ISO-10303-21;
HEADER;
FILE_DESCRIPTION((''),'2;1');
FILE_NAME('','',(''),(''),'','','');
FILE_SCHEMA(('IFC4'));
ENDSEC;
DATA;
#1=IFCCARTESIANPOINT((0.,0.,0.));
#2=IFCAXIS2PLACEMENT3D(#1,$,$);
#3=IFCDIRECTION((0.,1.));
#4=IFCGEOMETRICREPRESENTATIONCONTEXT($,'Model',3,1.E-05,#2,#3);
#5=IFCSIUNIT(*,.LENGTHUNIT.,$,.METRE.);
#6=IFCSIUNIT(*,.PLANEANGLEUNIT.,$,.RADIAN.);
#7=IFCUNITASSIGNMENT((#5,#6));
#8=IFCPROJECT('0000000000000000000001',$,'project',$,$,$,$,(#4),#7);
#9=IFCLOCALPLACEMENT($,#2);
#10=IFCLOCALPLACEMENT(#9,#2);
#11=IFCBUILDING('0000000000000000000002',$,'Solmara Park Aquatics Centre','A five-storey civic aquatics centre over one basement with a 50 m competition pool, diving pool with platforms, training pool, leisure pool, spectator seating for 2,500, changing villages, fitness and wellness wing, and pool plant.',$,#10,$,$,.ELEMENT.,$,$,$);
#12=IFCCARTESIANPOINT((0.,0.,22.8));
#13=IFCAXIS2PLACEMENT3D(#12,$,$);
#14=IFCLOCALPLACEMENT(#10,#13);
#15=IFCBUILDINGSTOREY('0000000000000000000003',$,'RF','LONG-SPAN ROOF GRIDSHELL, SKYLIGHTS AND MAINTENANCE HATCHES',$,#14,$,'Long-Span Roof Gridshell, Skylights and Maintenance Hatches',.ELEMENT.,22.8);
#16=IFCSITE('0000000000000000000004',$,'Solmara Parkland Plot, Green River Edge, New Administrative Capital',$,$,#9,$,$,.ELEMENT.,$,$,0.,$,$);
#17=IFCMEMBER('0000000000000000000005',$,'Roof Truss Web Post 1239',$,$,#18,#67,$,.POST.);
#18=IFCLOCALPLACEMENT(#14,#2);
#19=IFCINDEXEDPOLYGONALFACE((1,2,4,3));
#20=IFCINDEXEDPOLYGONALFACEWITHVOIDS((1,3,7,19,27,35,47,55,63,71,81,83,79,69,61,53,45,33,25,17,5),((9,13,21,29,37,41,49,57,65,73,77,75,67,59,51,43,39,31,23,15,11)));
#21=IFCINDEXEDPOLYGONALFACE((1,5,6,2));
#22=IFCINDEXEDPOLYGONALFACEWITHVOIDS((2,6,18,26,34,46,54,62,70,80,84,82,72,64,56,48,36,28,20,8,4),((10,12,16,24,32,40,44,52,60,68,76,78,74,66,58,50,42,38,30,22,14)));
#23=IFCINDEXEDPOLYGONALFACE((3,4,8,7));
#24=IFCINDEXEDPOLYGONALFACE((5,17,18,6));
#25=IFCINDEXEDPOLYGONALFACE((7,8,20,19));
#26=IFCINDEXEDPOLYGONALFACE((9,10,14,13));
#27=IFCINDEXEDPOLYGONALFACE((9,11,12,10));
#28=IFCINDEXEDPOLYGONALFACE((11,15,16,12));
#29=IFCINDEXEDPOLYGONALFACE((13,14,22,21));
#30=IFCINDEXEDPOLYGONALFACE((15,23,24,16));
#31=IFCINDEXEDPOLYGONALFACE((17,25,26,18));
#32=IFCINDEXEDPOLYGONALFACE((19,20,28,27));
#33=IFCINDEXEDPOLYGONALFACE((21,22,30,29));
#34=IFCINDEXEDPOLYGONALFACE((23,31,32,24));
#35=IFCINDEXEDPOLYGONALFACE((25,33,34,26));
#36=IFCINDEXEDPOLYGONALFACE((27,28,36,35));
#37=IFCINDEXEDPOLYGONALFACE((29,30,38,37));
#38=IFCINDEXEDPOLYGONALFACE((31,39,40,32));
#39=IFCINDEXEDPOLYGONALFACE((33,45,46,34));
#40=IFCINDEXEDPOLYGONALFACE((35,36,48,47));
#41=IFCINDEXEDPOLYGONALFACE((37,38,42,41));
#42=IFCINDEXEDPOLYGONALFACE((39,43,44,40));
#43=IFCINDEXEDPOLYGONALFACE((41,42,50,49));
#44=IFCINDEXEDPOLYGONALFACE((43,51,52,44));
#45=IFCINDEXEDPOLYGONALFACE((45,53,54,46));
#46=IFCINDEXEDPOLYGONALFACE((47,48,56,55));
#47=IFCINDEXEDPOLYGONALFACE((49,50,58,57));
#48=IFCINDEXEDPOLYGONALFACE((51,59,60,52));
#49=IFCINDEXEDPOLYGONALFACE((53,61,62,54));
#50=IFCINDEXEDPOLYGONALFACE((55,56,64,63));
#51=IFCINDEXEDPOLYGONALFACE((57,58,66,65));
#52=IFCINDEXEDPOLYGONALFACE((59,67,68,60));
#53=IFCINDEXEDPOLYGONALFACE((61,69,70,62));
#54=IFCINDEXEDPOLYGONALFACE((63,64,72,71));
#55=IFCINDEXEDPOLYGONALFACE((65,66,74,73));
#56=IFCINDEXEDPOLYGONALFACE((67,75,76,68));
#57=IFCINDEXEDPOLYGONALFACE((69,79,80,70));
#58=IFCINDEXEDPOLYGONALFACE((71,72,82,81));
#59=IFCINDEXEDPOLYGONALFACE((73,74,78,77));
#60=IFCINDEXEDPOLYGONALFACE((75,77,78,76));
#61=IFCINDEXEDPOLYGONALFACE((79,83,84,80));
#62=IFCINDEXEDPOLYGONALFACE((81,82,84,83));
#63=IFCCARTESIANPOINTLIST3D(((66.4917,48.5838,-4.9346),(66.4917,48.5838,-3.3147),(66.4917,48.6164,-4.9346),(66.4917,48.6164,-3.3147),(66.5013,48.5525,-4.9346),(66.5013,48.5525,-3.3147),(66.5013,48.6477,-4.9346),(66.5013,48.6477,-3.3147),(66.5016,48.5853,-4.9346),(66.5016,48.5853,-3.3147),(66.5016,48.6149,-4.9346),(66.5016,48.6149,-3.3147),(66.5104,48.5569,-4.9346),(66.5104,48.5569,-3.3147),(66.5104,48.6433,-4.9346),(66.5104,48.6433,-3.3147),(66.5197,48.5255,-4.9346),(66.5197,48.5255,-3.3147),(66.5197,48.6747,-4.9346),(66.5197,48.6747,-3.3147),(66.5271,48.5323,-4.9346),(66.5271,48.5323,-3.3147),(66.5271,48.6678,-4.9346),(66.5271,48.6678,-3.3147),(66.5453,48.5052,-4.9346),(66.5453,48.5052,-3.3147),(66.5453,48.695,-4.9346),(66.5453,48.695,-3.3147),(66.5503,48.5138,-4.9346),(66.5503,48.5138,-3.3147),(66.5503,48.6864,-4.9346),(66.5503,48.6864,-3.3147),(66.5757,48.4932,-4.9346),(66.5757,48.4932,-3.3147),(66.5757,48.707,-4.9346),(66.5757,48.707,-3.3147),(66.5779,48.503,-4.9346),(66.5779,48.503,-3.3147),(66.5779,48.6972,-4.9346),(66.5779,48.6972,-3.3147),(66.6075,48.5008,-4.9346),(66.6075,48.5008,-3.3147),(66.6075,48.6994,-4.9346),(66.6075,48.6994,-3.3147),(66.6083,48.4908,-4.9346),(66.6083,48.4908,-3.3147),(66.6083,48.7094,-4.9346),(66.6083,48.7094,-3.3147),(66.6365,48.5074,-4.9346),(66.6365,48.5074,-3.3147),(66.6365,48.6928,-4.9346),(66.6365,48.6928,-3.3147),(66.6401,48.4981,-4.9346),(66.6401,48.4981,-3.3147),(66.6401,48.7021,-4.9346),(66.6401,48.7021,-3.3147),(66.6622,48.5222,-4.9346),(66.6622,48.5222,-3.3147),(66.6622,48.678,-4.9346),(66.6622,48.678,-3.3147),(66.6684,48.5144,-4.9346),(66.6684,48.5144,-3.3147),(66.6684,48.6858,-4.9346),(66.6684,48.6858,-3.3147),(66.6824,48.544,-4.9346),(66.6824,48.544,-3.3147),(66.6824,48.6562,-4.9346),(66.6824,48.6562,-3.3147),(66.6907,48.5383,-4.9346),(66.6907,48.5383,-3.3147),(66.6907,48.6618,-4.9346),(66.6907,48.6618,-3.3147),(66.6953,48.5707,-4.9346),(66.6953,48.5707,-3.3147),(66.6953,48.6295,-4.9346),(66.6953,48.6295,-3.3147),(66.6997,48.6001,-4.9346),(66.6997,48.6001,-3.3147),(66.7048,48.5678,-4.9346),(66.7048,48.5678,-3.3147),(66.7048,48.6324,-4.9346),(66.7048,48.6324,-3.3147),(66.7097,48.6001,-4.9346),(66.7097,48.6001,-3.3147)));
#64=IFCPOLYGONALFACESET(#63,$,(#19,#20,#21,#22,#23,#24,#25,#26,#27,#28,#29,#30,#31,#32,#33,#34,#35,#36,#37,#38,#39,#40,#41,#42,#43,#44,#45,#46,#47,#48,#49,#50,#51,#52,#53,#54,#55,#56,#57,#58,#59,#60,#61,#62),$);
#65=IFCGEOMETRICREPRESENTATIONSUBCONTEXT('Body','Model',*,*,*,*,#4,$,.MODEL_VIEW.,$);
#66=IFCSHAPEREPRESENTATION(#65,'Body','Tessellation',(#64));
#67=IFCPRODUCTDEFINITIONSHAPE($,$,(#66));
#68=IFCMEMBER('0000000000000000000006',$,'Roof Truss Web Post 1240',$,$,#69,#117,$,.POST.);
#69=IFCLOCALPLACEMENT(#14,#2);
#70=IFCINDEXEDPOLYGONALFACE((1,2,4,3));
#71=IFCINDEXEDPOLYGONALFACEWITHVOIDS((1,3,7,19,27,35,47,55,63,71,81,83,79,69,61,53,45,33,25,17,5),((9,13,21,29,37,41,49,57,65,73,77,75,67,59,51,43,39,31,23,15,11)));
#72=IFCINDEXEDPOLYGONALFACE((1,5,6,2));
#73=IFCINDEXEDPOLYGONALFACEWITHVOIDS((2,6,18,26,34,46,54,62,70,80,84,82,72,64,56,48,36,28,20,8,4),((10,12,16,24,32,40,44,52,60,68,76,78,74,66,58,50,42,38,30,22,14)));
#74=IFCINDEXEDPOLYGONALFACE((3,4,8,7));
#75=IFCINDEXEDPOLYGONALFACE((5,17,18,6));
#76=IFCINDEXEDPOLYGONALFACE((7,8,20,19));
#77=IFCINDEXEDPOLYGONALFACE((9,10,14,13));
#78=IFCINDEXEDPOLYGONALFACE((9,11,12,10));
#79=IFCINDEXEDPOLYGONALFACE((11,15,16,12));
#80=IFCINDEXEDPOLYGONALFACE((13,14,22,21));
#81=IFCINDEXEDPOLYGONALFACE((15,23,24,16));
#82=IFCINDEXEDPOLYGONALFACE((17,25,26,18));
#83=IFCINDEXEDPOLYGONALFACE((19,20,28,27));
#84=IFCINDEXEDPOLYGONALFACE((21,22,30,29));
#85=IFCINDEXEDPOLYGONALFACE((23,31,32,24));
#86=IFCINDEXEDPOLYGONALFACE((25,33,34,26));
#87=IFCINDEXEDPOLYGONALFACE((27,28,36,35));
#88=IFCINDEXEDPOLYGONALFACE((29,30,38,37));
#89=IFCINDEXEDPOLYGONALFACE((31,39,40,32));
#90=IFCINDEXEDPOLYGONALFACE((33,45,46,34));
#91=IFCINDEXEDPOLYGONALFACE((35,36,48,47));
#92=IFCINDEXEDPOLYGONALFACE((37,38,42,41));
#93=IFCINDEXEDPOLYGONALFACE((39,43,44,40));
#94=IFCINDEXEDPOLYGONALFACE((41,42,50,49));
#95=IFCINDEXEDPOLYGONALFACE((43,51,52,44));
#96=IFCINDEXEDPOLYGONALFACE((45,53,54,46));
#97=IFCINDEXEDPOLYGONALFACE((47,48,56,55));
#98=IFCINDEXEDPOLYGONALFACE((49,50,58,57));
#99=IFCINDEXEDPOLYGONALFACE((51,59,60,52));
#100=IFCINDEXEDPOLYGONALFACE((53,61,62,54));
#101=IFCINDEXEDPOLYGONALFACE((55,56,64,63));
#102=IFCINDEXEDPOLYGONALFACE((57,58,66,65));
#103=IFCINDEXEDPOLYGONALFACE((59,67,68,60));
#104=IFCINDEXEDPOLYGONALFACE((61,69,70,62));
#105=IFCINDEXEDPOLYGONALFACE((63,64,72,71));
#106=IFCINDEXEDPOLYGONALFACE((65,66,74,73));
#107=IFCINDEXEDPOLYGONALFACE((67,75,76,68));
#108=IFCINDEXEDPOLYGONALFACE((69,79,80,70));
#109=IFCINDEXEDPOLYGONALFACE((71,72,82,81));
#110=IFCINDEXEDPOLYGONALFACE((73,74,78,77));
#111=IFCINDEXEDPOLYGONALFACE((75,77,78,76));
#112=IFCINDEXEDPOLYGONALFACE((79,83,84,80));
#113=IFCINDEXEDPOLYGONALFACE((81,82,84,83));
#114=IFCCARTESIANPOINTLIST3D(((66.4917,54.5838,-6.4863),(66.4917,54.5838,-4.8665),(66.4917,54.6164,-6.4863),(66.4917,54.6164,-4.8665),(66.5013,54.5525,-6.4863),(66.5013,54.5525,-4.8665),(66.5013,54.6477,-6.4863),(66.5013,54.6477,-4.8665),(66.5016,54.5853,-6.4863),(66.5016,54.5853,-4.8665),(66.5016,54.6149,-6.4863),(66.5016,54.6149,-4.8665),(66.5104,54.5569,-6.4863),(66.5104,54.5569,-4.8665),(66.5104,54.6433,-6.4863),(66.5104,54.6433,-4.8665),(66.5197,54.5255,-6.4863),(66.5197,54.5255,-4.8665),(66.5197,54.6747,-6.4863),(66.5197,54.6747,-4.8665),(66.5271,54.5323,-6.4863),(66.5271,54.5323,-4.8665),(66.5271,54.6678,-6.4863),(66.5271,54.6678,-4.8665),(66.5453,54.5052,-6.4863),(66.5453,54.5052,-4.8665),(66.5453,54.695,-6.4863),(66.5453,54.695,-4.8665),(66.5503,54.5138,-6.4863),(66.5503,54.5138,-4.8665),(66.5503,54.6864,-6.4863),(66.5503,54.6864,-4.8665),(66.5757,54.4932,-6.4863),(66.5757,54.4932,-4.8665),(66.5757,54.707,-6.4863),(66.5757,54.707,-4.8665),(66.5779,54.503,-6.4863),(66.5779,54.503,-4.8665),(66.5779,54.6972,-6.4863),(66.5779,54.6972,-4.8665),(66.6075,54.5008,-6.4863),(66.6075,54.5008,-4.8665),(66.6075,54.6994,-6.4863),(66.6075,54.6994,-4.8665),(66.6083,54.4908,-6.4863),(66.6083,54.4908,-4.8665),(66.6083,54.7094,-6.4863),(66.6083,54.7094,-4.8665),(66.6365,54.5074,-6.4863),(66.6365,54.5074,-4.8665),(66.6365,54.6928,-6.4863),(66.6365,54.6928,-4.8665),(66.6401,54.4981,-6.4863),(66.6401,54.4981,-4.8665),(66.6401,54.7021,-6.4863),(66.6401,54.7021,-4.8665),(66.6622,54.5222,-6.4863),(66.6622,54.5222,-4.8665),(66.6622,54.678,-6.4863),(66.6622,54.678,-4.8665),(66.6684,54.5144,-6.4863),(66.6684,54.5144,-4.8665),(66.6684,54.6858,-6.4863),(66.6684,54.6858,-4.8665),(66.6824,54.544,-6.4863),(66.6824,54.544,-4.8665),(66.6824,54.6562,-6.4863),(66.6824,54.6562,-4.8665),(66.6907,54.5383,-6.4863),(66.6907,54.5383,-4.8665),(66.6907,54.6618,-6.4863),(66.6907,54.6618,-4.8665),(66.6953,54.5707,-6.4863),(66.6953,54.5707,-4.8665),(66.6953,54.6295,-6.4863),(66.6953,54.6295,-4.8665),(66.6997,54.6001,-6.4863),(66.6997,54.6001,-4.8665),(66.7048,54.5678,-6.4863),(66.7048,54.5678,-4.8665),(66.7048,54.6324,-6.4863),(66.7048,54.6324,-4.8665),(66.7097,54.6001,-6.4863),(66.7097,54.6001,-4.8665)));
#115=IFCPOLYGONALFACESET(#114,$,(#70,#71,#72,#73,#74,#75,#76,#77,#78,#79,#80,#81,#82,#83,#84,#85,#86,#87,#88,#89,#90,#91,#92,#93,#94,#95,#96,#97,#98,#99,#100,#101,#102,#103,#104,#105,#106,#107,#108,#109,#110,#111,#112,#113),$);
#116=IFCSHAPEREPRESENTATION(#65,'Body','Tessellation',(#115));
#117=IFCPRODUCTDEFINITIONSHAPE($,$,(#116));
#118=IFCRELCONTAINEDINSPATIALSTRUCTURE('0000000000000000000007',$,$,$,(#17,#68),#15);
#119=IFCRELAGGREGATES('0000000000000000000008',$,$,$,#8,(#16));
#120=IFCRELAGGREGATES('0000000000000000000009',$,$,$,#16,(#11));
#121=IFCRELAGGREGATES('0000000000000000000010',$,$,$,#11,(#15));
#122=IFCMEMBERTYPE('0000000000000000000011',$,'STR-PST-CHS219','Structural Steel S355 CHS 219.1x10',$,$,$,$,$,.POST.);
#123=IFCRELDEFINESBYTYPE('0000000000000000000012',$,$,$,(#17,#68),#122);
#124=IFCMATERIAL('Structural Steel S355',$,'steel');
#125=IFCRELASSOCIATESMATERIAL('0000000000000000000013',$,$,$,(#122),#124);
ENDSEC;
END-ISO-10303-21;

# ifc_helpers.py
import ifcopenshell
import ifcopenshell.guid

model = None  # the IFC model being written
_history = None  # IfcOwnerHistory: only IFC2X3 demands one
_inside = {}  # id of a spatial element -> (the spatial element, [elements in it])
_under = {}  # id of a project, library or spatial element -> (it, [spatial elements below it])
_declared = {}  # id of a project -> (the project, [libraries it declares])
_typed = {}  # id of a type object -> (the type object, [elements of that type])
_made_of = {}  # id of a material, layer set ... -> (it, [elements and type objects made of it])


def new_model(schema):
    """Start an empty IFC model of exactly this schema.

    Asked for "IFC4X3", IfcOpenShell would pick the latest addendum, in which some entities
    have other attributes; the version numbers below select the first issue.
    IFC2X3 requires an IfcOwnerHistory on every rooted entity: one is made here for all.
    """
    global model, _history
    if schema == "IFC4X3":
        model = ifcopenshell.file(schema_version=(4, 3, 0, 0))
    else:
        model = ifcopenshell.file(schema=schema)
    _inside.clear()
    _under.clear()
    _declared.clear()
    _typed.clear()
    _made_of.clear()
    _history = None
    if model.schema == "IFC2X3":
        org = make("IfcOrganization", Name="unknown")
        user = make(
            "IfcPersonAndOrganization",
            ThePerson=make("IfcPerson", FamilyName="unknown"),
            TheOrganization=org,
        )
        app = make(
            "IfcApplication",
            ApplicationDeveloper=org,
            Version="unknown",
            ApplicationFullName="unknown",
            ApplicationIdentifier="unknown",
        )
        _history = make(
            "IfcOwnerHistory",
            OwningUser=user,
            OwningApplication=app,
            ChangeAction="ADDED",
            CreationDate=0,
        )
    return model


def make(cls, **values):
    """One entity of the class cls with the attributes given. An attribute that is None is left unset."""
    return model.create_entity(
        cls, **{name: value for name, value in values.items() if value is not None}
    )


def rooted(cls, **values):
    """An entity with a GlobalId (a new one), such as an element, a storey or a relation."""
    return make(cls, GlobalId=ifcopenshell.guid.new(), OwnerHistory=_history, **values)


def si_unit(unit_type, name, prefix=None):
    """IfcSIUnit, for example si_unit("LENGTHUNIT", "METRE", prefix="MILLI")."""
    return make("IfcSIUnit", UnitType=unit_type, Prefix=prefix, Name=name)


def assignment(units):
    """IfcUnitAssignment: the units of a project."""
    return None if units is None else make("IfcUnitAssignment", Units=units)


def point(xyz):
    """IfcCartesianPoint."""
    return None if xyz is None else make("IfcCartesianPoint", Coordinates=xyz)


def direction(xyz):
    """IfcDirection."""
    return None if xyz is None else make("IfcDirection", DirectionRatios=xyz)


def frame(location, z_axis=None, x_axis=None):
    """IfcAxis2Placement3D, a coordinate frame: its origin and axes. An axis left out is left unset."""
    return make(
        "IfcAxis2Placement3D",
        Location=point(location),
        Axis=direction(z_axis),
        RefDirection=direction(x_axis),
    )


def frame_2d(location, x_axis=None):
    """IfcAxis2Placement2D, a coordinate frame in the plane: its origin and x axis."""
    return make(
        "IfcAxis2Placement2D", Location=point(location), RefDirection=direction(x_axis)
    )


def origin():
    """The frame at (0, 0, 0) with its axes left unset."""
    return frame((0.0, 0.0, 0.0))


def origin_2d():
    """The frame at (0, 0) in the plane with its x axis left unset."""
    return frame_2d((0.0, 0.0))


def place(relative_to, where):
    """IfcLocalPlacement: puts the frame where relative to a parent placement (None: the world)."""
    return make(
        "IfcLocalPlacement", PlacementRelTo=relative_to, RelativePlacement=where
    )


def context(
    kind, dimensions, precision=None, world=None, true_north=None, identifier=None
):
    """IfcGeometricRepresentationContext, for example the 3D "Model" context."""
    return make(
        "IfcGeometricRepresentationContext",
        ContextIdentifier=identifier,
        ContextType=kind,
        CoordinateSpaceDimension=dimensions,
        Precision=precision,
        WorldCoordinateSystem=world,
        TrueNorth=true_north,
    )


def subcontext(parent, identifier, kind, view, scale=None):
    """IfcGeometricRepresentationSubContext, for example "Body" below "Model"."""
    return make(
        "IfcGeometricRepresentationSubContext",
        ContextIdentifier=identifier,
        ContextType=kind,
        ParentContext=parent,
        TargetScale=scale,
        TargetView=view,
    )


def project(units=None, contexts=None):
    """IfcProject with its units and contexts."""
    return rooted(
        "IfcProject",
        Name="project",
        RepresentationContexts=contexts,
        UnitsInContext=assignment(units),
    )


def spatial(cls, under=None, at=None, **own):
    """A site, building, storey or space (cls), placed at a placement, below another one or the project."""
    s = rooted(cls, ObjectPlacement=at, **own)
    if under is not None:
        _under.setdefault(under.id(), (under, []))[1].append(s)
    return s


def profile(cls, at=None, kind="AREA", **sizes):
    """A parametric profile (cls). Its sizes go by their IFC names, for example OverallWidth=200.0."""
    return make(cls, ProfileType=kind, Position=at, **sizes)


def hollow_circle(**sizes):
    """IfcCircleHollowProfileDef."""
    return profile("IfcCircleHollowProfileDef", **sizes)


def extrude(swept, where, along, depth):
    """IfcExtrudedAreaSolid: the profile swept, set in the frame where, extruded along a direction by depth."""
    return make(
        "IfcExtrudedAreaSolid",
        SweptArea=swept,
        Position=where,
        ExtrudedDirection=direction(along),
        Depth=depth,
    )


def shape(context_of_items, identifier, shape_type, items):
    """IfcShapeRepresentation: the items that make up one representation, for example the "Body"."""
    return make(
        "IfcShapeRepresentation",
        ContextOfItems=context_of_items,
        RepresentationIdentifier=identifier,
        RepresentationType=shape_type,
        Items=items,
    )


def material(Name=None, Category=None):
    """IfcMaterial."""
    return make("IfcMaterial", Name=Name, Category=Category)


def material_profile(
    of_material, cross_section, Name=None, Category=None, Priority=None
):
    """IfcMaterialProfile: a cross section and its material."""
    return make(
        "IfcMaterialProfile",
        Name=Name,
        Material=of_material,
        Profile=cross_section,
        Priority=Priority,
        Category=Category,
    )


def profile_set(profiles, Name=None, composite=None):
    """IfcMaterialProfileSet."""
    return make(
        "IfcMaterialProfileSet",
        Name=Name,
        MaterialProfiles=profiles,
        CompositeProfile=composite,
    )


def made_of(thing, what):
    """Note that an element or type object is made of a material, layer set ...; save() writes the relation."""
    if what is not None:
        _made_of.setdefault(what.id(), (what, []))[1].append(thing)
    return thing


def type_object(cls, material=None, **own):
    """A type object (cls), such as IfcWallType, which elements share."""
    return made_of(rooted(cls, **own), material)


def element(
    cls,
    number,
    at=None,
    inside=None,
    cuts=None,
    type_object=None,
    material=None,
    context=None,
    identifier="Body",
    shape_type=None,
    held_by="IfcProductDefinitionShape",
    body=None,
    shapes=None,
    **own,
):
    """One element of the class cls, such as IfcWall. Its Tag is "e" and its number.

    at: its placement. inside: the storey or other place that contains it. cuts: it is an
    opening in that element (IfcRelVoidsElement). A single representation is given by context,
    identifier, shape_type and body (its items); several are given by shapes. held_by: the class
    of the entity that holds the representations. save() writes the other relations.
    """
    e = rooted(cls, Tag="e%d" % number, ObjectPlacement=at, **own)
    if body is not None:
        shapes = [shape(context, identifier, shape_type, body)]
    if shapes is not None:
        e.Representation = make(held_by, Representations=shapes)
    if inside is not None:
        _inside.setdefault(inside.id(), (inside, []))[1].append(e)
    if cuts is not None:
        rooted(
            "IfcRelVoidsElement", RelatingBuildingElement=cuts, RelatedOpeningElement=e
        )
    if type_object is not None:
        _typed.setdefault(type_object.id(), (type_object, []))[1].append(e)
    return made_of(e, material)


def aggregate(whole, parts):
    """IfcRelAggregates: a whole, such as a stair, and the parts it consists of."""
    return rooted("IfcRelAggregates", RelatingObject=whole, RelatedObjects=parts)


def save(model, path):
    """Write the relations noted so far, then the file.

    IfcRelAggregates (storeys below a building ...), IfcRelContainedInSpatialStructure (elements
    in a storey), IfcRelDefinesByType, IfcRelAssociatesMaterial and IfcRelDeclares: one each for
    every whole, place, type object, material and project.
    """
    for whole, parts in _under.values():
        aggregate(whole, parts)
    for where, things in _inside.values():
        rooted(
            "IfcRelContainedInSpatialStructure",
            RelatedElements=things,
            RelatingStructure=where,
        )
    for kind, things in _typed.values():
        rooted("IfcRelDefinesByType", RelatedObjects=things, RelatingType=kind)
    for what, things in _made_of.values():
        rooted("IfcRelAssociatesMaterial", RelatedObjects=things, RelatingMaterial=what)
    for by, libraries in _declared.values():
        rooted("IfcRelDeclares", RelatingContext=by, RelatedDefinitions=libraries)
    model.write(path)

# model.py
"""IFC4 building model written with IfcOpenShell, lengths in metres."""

from ifc_helpers import new_model, si_unit, direction, frame, origin, origin_2d, place, context, subcontext, project, spatial, hollow_circle, extrude, material, material_profile, profile_set, type_object, element, save


model = new_model("IFC4")

# Units and contexts
model_context = context("Model", 3, precision=1e-05, world=origin(), true_north=direction((0.0, 1.0)))
body_context = subcontext(model_context, "Body", "Model", "MODEL_VIEW")
ifc_project = project(units=[si_unit("LENGTHUNIT", "METRE"), si_unit("PLANEANGLEUNIT", "RADIAN")], contexts=[model_context])

# Site, building, storey
site_placement = place(None, origin())
site = spatial("IfcSite", under=ifc_project, at=site_placement, Name="Solmara Parkland Plot, Green River Edge, New Administrative Capital", CompositionType="ELEMENT", RefElevation=0.0)
building_placement = place(site_placement, origin())
building = spatial("IfcBuilding", under=site, at=building_placement, Name="Solmara Park Aquatics Centre", Description="A five-storey civic aquatics centre over one basement with a 50 m competition pool, diving pool with platforms, training pool, leisure pool, spectator seating for 2,500, changing villages, fitness and wellness wing, and pool plant.", CompositionType="ELEMENT")
storey_placement = place(building_placement, frame((0.0, 0.0, 22.8)))
storey = spatial("IfcBuildingStorey", under=building, at=storey_placement, Name="RF", Description="LONG-SPAN ROOF GRIDSHELL, SKYLIGHTS AND MAINTENANCE HATCHES", LongName="Long-Span Roof Gridshell, Skylights and Maintenance Hatches", CompositionType="ELEMENT", Elevation=22.8)

# Members
ifc_material_1 = material(Name="Structural Steel S355", Category="steel")
ifc_material_profile_1 = material_profile(ifc_material_1, hollow_circle(Radius=0.1096, WallThickness=0.01, at=origin_2d()), Name="CHS 219.1x10")
ifc_profile_set_1 = profile_set([ifc_material_profile_1], Name="Structural Steel S355")
member_type_1 = type_object("IfcMemberType", Name="STR-PST-CHS219", Description="Structural Steel S355 CHS 219.1x10", PredefinedType="POST", material=ifc_profile_set_1)
for number, where, z_axis, x_axis, name in (
    (1, (66.6001, 48.6001, -4.9346), (0.0, 0.0, 1.0), (1.0, 0.0, 0.0), "Roof Truss Web Post 1239"),
    (2, (66.6001, 54.6001, -6.4863), (0.0, 0.0, 1.0), (1.0, 0.0, 0.0), "Roof Truss Web Post 1240"),
):
    element("IfcMember", number, at=place(storey_placement, frame(where, z_axis=z_axis, x_axis=x_axis)), inside=storey, type_object=member_type_1, Name=name, PredefinedType="POST", context=body_context, shape_type="SweptSolid", body=[
        extrude(hollow_circle(Radius=0.1096, WallThickness=0.01, at=origin_2d()), origin(), (0.0, 0.0, 1.0), 1.6199),
    ])

save(model, "model.ifc")
